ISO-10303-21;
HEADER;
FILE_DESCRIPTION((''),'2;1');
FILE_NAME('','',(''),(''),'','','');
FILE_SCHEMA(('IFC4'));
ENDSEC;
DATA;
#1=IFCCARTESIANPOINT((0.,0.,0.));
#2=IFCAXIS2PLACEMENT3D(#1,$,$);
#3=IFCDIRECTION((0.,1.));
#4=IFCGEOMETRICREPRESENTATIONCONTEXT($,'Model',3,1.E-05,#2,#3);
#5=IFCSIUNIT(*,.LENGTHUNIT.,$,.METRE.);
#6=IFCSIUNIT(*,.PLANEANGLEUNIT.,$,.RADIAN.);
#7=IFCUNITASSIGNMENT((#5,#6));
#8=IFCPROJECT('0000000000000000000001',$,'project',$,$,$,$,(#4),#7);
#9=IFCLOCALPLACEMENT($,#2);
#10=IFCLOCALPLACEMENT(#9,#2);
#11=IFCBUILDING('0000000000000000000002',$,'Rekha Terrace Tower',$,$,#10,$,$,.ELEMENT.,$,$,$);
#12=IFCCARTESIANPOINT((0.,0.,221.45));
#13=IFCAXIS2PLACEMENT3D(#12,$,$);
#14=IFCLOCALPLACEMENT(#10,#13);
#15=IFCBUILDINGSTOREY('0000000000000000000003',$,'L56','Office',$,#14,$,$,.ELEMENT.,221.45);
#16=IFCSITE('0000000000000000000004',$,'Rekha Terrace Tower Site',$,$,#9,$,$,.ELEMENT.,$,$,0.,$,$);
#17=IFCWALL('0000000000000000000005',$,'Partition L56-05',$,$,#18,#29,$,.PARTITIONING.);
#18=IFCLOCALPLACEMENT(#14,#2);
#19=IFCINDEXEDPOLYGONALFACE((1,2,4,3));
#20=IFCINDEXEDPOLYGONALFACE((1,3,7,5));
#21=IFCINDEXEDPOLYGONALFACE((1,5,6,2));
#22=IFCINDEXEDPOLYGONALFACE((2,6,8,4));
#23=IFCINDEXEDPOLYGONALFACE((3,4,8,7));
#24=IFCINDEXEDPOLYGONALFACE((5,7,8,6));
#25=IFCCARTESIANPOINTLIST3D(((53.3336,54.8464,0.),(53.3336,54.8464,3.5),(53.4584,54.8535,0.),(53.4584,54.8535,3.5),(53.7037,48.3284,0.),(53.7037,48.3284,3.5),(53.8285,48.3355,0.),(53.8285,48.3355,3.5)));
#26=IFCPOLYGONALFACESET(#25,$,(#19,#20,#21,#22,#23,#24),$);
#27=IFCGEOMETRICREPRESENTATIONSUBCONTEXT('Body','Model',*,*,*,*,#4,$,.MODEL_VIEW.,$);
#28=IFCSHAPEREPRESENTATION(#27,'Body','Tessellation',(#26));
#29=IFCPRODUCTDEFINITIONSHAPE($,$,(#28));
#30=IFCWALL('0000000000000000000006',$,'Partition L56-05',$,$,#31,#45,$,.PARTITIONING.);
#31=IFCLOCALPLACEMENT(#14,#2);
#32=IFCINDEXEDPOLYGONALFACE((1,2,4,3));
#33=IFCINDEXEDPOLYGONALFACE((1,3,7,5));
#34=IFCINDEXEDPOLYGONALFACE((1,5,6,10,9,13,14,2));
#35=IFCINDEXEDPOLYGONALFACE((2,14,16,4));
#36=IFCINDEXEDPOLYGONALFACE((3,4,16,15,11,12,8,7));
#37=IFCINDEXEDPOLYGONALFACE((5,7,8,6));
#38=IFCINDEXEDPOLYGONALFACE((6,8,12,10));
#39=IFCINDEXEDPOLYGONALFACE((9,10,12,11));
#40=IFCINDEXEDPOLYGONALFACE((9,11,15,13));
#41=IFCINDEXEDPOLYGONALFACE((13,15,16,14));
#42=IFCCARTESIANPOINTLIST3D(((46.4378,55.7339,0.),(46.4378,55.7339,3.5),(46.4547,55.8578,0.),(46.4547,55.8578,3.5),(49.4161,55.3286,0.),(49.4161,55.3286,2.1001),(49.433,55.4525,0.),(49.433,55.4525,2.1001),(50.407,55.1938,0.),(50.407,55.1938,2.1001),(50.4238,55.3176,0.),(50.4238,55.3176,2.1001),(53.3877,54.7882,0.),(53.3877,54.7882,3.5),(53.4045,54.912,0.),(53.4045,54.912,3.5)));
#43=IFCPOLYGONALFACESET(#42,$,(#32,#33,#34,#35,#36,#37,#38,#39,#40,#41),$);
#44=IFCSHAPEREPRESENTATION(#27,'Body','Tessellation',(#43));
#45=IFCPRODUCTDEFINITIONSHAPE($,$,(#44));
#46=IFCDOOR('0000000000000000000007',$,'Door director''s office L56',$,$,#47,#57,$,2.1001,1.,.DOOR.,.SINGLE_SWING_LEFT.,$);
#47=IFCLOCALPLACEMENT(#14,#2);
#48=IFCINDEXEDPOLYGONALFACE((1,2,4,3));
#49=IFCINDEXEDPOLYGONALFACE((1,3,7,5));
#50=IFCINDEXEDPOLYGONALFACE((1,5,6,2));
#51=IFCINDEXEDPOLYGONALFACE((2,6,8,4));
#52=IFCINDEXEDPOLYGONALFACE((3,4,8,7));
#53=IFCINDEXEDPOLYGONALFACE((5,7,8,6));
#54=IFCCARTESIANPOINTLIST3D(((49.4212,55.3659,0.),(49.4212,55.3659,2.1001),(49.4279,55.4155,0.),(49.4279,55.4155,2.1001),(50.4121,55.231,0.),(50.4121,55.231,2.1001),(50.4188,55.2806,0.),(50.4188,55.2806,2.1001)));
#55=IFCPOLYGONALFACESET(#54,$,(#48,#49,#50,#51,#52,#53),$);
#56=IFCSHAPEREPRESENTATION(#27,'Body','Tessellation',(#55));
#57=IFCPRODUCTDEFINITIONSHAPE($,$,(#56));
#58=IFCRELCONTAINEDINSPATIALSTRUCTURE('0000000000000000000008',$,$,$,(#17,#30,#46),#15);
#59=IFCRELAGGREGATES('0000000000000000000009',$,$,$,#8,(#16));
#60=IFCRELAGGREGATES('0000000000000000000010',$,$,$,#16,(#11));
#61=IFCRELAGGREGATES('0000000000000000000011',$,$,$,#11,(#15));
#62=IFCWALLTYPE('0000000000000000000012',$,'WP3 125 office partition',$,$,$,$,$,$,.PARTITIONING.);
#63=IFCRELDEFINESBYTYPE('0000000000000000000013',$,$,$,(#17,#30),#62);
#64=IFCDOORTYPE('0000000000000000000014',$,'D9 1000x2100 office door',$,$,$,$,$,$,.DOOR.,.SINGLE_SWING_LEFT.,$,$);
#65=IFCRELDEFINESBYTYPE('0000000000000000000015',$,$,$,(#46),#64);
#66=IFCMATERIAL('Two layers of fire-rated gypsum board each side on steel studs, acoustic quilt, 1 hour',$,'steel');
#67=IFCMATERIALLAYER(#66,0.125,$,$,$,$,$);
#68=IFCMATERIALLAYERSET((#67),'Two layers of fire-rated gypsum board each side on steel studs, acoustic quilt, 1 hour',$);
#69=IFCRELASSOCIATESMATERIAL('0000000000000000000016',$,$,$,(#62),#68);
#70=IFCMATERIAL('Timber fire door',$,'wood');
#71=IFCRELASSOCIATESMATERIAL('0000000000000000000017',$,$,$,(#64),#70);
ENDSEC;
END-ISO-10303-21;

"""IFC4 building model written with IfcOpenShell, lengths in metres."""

from ifc_helpers import new_model, si_unit, direction, frame, frame_2d, origin, place, context, subcontext, project, spatial, rectangle, extrude, material, layer, layer_set, type_object, element, fill, save


model = new_model("IFC4")

# Units and contexts
model_context = context("Model", 3, precision=1e-05, world=origin(), true_north=direction((0.0, 1.0)))
body_context = subcontext(model_context, "Body", "Model", "MODEL_VIEW")
ifc_project = project(units=[si_unit("LENGTHUNIT", "METRE"), si_unit("PLANEANGLEUNIT", "RADIAN")], contexts=[model_context])

# Site, building, storey
site_placement = place(None, origin())
site = spatial("IfcSite", under=ifc_project, at=site_placement, Name="Rekha Terrace Tower Site", CompositionType="ELEMENT", RefElevation=0.0)
building_placement = place(site_placement, origin())
building = spatial("IfcBuilding", under=site, at=building_placement, Name="Rekha Terrace Tower", CompositionType="ELEMENT")
storey_placement = place(building_placement, frame((0.0, 0.0, 221.45)))
storey = spatial("IfcBuildingStorey", under=building, at=storey_placement, Name="L56", Description="Office", CompositionType="ELEMENT", Elevation=221.45)

# Wall
ifc_material_1 = material(Name="Two layers of fire-rated gypsum board each side on steel studs, acoustic quilt, 1 hour", Category="steel")
ifc_layer_1 = layer(ifc_material_1, 0.125)
ifc_layer_set_1 = layer_set([ifc_layer_1], Name="Two layers of fire-rated gypsum board each side on steel studs, acoustic quilt, 1 hour")
wall_type = type_object("IfcWallType", Name="WP3 125 office partition", PredefinedType="PARTITIONING", material=ifc_layer_set_1)
wall_1_placement = place(storey_placement, frame((53.7661, 48.332, 0.0), z_axis=(0.0, 0.0, 1.0), x_axis=(-0.056692, 0.998392, 0.0)))
element("IfcWall", 1, at=wall_1_placement, inside=storey, type_object=wall_type, Name="Partition L56-05", PredefinedType="PARTITIONING", context=body_context, shape_type="SweptSolid", body=[
    extrude(rectangle(XDim=6.5286, YDim=0.125, at=frame_2d((3.2642, 0.0))), origin(), (0.0, 0.0, 1.0), 3.5),
])

# Wall, opening, door
wall_2_placement = place(storey_placement, frame((53.396, 54.8501, 0.0), z_axis=(0.0, 0.0, 1.0), x_axis=(-0.990867, 0.134844, 0.0)))
wall_2 = element("IfcWall", 2, at=wall_2_placement, inside=storey, type_object=wall_type, Name="Partition L56-05", PredefinedType="PARTITIONING", context=body_context, shape_type="SweptSolid", body=[
    extrude(rectangle(XDim=7.0139, YDim=0.125, at=frame_2d((3.5068, 0.0))), origin(), (0.0, 0.0, 1.0), 3.5),
])
opening_placement = place(wall_2_placement, frame((3.0081, 0.0, 0.0)))
opening = element("IfcOpeningElement", 3, at=opening_placement, cuts=wall_2, PredefinedType="OPENING", context=body_context, shape_type="SweptSolid", body=[
    extrude(rectangle(XDim=1.0, YDim=2.1001, at=frame_2d((0.5, 1.05))), frame((0.0, 0.0725, 0.0), z_axis=(0.0, -1.0, 0.0), x_axis=(1.0, 0.0, 0.0)), (0.0, 0.0, 1.0), 0.145),
])
ifc_material_2 = material(Name="Timber fire door", Category="wood")
door_type = type_object("IfcDoorType", Name="D9 1000x2100 office door", OperationType="SINGLE_SWING_LEFT", PredefinedType="DOOR", material=ifc_material_2)
door_placement = place(opening_placement, origin())
door = element("IfcDoor", 4, at=door_placement, inside=storey, type_object=door_type, Name="Door director's office L56", OperationType="SINGLE_SWING_LEFT", OverallHeight=2.1001, OverallWidth=1.0, PredefinedType="DOOR", context=body_context, shape_type="SweptSolid", body=[
    extrude(rectangle(XDim=1.0, YDim=2.1001, at=frame_2d((0.5, 1.05))), frame((0.0, 0.0249, 0.0), z_axis=(0.0, -1.0, 0.0), x_axis=(1.0, 0.0, 0.0)), (0.0, 0.0, 1.0), 0.05),
])
fill(opening, door)

save(model, "model.ifc")
